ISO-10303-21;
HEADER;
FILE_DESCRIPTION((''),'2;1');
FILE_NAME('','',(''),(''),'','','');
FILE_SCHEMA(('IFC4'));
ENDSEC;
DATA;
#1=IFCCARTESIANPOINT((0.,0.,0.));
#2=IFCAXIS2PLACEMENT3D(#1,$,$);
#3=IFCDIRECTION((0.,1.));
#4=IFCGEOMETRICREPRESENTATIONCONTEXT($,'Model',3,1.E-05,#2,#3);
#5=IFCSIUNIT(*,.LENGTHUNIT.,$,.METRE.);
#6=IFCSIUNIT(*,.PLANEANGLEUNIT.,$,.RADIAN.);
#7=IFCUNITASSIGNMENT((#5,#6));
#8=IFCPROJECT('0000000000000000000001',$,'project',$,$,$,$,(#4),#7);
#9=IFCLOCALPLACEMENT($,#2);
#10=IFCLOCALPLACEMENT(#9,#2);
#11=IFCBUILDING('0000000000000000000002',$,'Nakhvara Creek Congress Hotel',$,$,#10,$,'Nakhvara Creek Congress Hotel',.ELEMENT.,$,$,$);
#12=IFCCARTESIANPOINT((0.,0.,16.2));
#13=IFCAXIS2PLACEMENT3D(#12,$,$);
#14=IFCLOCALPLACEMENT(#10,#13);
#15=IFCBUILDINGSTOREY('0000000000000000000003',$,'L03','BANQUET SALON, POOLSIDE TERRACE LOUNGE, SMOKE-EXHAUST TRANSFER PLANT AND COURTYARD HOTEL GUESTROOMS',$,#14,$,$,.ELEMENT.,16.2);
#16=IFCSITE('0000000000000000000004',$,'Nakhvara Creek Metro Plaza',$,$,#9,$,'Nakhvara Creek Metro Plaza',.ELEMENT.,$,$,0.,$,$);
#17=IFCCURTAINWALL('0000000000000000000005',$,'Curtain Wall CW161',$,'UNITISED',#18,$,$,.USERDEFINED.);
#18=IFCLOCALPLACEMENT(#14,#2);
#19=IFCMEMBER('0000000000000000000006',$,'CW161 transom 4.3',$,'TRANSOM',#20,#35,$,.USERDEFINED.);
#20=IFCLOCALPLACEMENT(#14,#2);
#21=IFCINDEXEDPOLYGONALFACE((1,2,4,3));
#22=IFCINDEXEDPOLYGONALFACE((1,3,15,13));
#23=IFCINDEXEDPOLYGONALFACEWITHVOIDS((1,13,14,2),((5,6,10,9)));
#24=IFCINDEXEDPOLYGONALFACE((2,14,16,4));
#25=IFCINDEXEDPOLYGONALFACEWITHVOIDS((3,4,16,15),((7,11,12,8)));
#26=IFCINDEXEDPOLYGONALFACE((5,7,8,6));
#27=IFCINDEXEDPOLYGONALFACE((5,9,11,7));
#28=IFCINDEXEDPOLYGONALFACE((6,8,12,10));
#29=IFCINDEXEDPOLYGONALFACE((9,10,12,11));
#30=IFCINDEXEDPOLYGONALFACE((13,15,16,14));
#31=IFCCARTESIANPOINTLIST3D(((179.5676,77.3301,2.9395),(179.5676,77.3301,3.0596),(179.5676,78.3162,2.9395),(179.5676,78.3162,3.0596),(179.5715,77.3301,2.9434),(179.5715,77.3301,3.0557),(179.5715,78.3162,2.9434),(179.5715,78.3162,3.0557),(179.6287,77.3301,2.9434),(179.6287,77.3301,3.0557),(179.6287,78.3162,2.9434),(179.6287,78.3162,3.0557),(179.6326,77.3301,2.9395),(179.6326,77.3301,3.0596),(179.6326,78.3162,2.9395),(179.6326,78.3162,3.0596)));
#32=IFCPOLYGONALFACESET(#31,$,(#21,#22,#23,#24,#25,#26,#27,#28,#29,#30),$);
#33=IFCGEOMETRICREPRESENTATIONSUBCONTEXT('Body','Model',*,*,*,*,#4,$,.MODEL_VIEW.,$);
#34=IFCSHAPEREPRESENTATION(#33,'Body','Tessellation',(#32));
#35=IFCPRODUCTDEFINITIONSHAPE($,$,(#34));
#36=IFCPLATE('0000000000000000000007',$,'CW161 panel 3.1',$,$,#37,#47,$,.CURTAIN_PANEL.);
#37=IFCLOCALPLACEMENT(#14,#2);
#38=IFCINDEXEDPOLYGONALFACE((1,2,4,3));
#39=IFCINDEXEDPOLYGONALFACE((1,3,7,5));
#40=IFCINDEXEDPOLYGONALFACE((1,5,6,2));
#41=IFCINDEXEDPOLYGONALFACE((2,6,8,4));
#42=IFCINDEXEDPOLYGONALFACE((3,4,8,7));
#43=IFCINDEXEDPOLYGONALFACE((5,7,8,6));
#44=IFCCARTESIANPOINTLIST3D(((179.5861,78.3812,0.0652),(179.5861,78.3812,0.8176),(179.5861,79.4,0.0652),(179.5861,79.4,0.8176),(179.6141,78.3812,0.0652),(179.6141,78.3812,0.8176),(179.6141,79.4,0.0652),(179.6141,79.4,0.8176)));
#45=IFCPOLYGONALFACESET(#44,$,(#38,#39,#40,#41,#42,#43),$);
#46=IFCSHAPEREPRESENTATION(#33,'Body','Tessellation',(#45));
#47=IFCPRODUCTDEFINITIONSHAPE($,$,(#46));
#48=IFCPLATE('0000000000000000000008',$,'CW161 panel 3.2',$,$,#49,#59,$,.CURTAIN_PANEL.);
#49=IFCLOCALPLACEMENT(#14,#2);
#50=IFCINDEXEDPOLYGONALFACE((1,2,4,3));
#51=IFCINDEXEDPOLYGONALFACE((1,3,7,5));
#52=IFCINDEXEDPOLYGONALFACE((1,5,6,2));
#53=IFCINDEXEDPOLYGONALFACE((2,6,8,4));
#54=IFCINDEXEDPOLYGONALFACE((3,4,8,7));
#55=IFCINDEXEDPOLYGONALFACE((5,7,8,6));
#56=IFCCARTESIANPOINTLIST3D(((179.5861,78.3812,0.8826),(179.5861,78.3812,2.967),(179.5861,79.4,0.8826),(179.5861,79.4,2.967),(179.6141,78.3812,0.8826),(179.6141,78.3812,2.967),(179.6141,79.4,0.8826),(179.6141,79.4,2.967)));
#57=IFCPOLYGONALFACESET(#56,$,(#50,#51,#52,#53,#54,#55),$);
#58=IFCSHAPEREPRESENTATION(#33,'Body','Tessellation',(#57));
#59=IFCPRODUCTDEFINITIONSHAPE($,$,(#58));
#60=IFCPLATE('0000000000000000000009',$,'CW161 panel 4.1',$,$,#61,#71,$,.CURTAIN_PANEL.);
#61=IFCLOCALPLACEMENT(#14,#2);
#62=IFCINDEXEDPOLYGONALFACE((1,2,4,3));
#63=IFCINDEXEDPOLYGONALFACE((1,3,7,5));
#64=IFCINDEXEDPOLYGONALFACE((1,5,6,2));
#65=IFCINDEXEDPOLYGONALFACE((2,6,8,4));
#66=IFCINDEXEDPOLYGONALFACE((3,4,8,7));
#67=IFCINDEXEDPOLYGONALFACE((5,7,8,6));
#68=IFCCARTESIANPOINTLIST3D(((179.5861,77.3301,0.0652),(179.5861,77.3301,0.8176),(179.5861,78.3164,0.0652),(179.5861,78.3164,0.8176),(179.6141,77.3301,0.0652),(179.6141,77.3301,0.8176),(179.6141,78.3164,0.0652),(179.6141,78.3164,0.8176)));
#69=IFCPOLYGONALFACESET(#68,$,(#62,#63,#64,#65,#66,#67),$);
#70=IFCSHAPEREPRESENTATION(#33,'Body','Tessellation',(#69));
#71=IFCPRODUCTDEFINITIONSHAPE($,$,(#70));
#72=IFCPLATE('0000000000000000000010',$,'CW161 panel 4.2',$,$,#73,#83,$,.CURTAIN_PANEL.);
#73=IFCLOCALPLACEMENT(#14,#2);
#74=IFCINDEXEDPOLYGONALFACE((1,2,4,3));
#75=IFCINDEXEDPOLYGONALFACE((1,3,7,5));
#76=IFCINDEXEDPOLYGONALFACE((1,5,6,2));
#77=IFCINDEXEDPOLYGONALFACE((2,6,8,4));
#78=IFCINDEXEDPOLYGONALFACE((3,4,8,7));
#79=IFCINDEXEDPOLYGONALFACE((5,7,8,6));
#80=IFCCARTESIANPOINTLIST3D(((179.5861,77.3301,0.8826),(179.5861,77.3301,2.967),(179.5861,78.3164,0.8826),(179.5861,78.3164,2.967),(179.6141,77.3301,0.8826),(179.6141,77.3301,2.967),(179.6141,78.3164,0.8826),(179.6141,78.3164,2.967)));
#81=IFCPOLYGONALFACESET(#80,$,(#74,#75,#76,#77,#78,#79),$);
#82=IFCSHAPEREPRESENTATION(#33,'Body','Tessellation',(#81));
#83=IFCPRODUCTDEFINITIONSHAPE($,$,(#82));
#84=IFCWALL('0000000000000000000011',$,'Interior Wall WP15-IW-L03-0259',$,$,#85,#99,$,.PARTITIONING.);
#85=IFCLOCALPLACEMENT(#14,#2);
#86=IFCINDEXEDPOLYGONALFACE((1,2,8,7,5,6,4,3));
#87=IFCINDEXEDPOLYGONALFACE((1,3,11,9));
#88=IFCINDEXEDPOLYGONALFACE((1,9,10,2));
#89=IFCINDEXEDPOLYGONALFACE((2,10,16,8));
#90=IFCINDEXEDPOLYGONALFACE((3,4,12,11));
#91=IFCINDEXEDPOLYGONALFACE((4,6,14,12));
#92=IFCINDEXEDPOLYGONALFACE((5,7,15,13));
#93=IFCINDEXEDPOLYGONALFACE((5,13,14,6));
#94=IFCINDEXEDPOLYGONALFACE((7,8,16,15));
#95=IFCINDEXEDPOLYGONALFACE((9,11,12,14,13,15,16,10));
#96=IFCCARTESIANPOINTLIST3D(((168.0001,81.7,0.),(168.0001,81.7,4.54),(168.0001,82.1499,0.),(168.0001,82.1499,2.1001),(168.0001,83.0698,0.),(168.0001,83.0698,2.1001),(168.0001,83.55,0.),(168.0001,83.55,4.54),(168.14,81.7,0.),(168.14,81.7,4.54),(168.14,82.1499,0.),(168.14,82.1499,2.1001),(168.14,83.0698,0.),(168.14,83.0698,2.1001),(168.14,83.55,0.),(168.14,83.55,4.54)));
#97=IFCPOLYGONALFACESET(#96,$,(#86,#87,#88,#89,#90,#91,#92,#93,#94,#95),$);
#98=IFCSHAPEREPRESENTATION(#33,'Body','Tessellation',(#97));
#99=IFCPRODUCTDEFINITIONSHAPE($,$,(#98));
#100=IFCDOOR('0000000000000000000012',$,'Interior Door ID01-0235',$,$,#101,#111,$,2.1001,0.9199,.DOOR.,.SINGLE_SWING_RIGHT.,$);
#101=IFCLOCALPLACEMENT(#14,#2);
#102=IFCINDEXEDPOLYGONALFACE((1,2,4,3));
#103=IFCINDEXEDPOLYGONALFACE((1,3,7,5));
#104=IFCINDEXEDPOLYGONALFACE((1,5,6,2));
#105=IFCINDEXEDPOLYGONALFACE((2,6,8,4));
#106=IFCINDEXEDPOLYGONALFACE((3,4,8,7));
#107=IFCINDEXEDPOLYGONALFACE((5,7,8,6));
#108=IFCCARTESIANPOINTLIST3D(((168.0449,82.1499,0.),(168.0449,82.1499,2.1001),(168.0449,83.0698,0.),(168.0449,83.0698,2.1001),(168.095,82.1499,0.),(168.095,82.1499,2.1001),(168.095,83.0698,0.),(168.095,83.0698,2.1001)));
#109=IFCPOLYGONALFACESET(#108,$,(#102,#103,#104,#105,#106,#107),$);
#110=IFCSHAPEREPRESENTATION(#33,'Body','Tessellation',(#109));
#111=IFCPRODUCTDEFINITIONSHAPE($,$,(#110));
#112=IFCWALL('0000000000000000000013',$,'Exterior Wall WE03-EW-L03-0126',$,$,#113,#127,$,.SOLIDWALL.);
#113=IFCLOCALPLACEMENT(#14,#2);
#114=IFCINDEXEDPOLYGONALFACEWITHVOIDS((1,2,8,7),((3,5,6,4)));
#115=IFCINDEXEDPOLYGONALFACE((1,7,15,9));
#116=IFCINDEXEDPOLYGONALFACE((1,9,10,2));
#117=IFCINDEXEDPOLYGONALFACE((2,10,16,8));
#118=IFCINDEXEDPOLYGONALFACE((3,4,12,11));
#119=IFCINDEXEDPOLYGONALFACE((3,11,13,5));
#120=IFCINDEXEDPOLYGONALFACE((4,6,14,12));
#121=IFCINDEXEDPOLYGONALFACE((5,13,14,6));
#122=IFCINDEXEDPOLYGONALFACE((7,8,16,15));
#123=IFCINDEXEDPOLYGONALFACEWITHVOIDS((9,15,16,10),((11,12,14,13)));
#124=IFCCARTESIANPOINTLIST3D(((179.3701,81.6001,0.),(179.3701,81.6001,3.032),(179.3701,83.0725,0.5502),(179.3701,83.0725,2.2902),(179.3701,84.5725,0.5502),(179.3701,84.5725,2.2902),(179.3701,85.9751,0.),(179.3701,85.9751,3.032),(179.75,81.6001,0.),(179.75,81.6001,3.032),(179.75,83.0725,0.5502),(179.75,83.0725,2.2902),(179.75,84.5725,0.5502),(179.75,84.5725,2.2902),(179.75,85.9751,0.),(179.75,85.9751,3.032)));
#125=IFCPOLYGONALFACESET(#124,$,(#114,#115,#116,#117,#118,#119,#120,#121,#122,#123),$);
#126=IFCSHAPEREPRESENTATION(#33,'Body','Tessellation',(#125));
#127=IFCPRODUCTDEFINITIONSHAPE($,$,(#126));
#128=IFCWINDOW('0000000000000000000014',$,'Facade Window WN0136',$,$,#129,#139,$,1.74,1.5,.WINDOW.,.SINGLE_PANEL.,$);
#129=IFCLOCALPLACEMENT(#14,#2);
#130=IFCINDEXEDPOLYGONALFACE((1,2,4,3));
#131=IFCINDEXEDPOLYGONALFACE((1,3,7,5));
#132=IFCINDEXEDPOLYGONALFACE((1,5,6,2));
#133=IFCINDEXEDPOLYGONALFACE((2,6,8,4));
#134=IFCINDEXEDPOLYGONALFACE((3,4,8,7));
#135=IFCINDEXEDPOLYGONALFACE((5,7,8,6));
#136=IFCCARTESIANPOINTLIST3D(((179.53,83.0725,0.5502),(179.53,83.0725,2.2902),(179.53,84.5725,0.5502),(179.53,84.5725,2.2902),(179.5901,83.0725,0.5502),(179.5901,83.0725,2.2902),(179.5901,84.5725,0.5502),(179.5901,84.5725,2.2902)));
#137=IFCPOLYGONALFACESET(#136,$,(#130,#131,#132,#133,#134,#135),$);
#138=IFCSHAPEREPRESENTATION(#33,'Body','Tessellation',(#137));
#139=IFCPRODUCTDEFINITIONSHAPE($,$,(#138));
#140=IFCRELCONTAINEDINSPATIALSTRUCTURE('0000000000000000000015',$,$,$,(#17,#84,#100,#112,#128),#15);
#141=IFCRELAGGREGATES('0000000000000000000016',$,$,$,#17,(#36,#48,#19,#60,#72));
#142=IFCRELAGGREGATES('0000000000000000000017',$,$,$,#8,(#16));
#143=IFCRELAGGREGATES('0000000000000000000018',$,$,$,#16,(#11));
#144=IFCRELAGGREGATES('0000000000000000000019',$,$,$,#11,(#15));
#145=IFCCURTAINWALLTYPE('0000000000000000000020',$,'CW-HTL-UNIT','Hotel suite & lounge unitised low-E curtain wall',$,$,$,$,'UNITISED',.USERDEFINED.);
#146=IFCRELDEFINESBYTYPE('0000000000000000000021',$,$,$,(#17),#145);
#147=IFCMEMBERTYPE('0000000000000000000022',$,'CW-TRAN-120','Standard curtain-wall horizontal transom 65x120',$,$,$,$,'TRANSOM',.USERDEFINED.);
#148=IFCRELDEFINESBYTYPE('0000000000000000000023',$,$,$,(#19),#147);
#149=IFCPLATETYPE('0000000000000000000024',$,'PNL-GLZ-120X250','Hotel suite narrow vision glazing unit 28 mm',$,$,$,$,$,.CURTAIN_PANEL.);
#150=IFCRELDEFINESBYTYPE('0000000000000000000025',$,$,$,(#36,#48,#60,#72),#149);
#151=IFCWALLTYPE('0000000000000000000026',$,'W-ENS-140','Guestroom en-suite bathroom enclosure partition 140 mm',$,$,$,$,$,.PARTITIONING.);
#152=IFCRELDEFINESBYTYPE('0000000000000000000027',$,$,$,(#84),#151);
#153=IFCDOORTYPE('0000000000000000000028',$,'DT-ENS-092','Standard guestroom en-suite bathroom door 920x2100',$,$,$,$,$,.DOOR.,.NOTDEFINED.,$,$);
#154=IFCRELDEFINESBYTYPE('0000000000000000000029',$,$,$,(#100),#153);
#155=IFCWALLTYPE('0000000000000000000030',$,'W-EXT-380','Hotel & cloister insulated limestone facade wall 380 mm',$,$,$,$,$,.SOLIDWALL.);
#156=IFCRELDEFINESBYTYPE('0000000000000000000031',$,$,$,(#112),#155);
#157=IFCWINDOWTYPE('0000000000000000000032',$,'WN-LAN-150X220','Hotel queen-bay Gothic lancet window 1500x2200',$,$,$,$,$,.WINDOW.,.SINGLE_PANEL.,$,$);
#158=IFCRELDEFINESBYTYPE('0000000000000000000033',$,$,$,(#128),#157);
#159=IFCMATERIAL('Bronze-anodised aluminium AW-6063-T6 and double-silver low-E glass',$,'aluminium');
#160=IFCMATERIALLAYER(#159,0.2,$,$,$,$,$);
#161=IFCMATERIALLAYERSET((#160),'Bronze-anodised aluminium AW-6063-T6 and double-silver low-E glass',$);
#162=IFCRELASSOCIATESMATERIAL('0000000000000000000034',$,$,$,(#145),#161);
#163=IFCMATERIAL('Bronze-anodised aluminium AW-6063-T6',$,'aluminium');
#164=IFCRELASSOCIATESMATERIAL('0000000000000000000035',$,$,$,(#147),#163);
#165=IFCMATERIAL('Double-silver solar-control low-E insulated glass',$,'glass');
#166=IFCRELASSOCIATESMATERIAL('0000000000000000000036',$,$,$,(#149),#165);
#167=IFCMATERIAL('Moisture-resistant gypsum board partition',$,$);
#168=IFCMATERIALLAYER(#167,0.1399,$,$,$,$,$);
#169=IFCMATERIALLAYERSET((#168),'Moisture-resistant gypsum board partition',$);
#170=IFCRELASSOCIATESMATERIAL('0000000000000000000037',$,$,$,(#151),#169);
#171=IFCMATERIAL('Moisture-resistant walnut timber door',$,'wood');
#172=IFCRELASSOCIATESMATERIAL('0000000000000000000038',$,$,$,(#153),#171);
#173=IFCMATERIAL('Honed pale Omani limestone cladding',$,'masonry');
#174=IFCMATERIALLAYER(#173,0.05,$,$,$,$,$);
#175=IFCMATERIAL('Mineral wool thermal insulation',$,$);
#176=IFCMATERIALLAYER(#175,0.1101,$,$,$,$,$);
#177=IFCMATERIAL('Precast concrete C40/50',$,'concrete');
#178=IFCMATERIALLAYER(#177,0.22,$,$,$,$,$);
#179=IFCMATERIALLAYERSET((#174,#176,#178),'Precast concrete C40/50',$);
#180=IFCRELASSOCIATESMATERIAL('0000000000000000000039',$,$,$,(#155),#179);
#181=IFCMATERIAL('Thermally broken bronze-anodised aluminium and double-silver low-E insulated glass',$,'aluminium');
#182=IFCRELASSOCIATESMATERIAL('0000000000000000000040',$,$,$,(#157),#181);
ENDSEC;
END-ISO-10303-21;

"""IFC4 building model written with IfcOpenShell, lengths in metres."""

from ifc_helpers import new_model, si_unit, direction, frame, frame_2d, origin, origin_2d, place, context, subcontext, project, spatial, rectangle, hollow_rectangle, extrude, material, layer, layer_set, material_profile, profile_set, type_object, element, fill, aggregate, save


model = new_model("IFC4")

# Units and contexts
model_context = context("Model", 3, precision=1e-05, world=origin(), true_north=direction((0.0, 1.0)))
body_context = subcontext(model_context, "Body", "Model", "MODEL_VIEW")
ifc_project = project(units=[si_unit("LENGTHUNIT", "METRE"), si_unit("PLANEANGLEUNIT", "RADIAN")], contexts=[model_context])

# Site, building, storey
site_placement = place(None, origin())
site = spatial("IfcSite", under=ifc_project, at=site_placement, Name="Nakhvara Creek Metro Plaza", LongName="Nakhvara Creek Metro Plaza", CompositionType="ELEMENT", RefElevation=0.0)
building_placement = place(site_placement, origin())
building = spatial("IfcBuilding", under=site, at=building_placement, Name="Nakhvara Creek Congress Hotel", LongName="Nakhvara Creek Congress Hotel", CompositionType="ELEMENT")
storey_placement = place(building_placement, frame((0.0, 0.0, 16.2)))
storey = spatial("IfcBuildingStorey", under=building, at=storey_placement, Name="L03", Description="BANQUET SALON, POOLSIDE TERRACE LOUNGE, SMOKE-EXHAUST TRANSFER PLANT AND COURTYARD HOTEL GUESTROOMS", CompositionType="ELEMENT", Elevation=16.2)

# Curtain wall, member, plates
ifc_material_1 = material(Name="Bronze-anodised aluminium AW-6063-T6 and double-silver low-E glass", Category="aluminium")
ifc_layer_1 = layer(ifc_material_1, 0.2)
ifc_layer_set_1 = layer_set([ifc_layer_1], Name="Bronze-anodised aluminium AW-6063-T6 and double-silver low-E glass")
curtain_wall_type = type_object("IfcCurtainWallType", Name="CW-HTL-UNIT", Description="Hotel suite & lounge unitised low-E curtain wall", ElementType="UNITISED", PredefinedType="USERDEFINED", material=ifc_layer_set_1)
curtain_wall_placement = place(storey_placement, origin())
curtain_wall = element("IfcCurtainWall", 1, at=curtain_wall_placement, inside=storey, type_object=curtain_wall_type, Name="Curtain Wall CW161", ObjectType="UNITISED", PredefinedType="USERDEFINED")
ifc_material_2 = material(Name="Bronze-anodised aluminium AW-6063-T6", Category="aluminium")
ifc_material_profile_1 = material_profile(ifc_material_2, hollow_rectangle(XDim=0.0649, YDim=0.1201, WallThickness=0.0039, at=origin_2d()), Name="ALU-TRAN 65x120x4", Category="LoadBearing")
ifc_profile_set_1 = profile_set([ifc_material_profile_1], Name="Bronze-anodised aluminium AW-6063-T6")
member_type_1 = type_object("IfcMemberType", Name="CW-TRAN-120", Description="Standard curtain-wall horizontal transom 65x120", ElementType="TRANSOM", PredefinedType="USERDEFINED", material=ifc_profile_set_1)
member_1_placement = place(storey_placement, frame((179.6001, 78.3162, 2.9995), z_axis=(0.0, -1.0, 0.0), x_axis=(1.0, 0.0, 0.0)))
member_1 = element("IfcMember", 2, at=member_1_placement, type_object=member_type_1, Name="CW161 transom 4.3", ObjectType="TRANSOM", PredefinedType="USERDEFINED", context=body_context, shape_type="SweptSolid", body=[
    extrude(hollow_rectangle(XDim=0.0649, YDim=0.1201, WallThickness=0.0039, at=origin_2d()), origin(), (0.0, 0.0, 1.0), 0.9861),
])
ifc_material_3 = material(Name="Double-silver solar-control low-E insulated glass", Category="glass")
plate_type = type_object("IfcPlateType", Name="PNL-GLZ-120X250", Description="Hotel suite narrow vision glazing unit 28 mm", PredefinedType="CURTAIN_PANEL", material=ifc_material_3)
plate_1_placement = place(storey_placement, frame((179.6001, 78.8906, 0.0652), z_axis=(0.0, 0.0, 1.0), x_axis=(0.0, -1.0, 0.0)))
plate_1 = element("IfcPlate", 3, at=plate_1_placement, type_object=plate_type, Name="CW161 panel 3.1", PredefinedType="CURTAIN_PANEL", context=body_context, shape_type="SweptSolid", body=[
    extrude(rectangle(XDim=1.0188, YDim=0.0281, at=origin_2d()), origin(), (0.0, 0.0, 1.0), 0.7524),
])
plate_2_placement = place(storey_placement, frame((179.6001, 78.8906, 0.8826), z_axis=(0.0, 0.0, 1.0), x_axis=(0.0, -1.0, 0.0)))
plate_2 = element("IfcPlate", 4, at=plate_2_placement, type_object=plate_type, Name="CW161 panel 3.2", PredefinedType="CURTAIN_PANEL", context=body_context, shape_type="SweptSolid", body=[
    extrude(rectangle(XDim=1.0188, YDim=0.0281, at=origin_2d()), origin(), (0.0, 0.0, 1.0), 2.0845),
])
plate_3_placement = place(storey_placement, frame((179.6001, 77.8232, 0.0652), z_axis=(0.0, 0.0, 1.0), x_axis=(0.0, -1.0, 0.0)))
plate_3 = element("IfcPlate", 5, at=plate_3_placement, type_object=plate_type, Name="CW161 panel 4.1", PredefinedType="CURTAIN_PANEL", context=body_context, shape_type="SweptSolid", body=[
    extrude(rectangle(XDim=0.9863, YDim=0.0281, at=origin_2d()), origin(), (0.0, 0.0, 1.0), 0.7524),
])
plate_4_placement = place(storey_placement, frame((179.6001, 77.8232, 0.8826), z_axis=(0.0, 0.0, 1.0), x_axis=(0.0, -1.0, 0.0)))
plate_4 = element("IfcPlate", 6, at=plate_4_placement, type_object=plate_type, Name="CW161 panel 4.2", PredefinedType="CURTAIN_PANEL", context=body_context, shape_type="SweptSolid", body=[
    extrude(rectangle(XDim=0.9863, YDim=0.0281, at=origin_2d()), origin(), (0.0, 0.0, 1.0), 2.0845),
])
aggregate(curtain_wall, [plate_1, plate_2, member_1, plate_3, plate_4])

# Wall, opening, door
ifc_material_4 = material(Name="Moisture-resistant gypsum board partition")
ifc_layer_2 = layer(ifc_material_4, 0.1399)
ifc_layer_set_2 = layer_set([ifc_layer_2], Name="Moisture-resistant gypsum board partition")
wall_type_1 = type_object("IfcWallType", Name="W-ENS-140", Description="Guestroom en-suite bathroom enclosure partition 140 mm", PredefinedType="PARTITIONING", material=ifc_layer_set_2)
ifc_material_5 = material(Name="Moisture-resistant walnut timber door", Category="wood")
wall_1_placement = place(storey_placement, frame((168.0701, 81.7, 0.0), z_axis=(0.0, 0.0, 1.0), x_axis=(0.0, 1.0, 0.0)))
wall_1 = element("IfcWall", 7, at=wall_1_placement, inside=storey, type_object=wall_type_1, Name="Interior Wall WP15-IW-L03-0259", PredefinedType="PARTITIONING", context=body_context, shape_type="SweptSolid", body=[
    extrude(rectangle(XDim=1.8501, YDim=0.1399, at=frame_2d((0.925, 0.0))), origin(), (0.0, 0.0, 1.0), 4.54),
])
opening_1_placement = place(wall_1_placement, frame((0.45, 0.0, 0.0)))
opening_1 = element("IfcOpeningElement", 8, at=opening_1_placement, cuts=wall_1, PredefinedType="OPENING", context=body_context, shape_type="SweptSolid", body=[
    extrude(rectangle(XDim=0.9199, YDim=2.1001, at=frame_2d((0.46, 1.05))), frame((0.0, 0.082, 0.0), z_axis=(0.0, -1.0, 0.0), x_axis=(1.0, 0.0, 0.0)), (0.0, 0.0, 1.0), 0.1638),
])
door_type_1 = type_object("IfcDoorType", Name="DT-ENS-092", Description="Standard guestroom en-suite bathroom door 920x2100", OperationType="NOTDEFINED", PredefinedType="DOOR", material=ifc_material_5)
door_1_placement = place(opening_1_placement, frame((0.9199, 0.0, 0.0), z_axis=(0.0, 0.0, 1.0), x_axis=(-1.0, 0.0, 0.0)))
door_1 = element("IfcDoor", 9, at=door_1_placement, inside=storey, type_object=door_type_1, Name="Interior Door ID01-0235", OperationType="SINGLE_SWING_RIGHT", OverallHeight=2.1001, OverallWidth=0.9199, PredefinedType="DOOR", context=body_context, shape_type="SweptSolid", body=[
    extrude(rectangle(XDim=0.9199, YDim=2.1001, at=frame_2d((0.46, 1.05))), frame((0.0, 0.0249, 0.0), z_axis=(0.0, -1.0, 0.0), x_axis=(1.0, 0.0, 0.0)), (0.0, 0.0, 1.0), 0.05),
])
fill(opening_1, door_1)

# Wall, opening, window
ifc_material_6 = material(Name="Honed pale Omani limestone cladding", Category="masonry")
ifc_layer_3 = layer(ifc_material_6, 0.05)
ifc_material_7 = material(Name="Mineral wool thermal insulation")
ifc_layer_4 = layer(ifc_material_7, 0.1101)
ifc_material_8 = material(Name="Precast concrete C40/50", Category="concrete")
ifc_layer_5 = layer(ifc_material_8, 0.22)
ifc_layer_set_3 = layer_set([ifc_layer_3, ifc_layer_4, ifc_layer_5], Name="Precast concrete C40/50")
wall_type_2 = type_object("IfcWallType", Name="W-EXT-380", Description="Hotel & cloister insulated limestone facade wall 380 mm", PredefinedType="SOLIDWALL", material=ifc_layer_set_3)
wall_2_placement = place(storey_placement, frame((179.5601, 85.9751, 0.0), z_axis=(0.0, 0.0, 1.0), x_axis=(0.0, -1.0, 0.0)))
wall_2 = element("IfcWall", 10, at=wall_2_placement, inside=storey, type_object=wall_type_2, Name="Exterior Wall WE03-EW-L03-0126", PredefinedType="SOLIDWALL", context=body_context, shape_type="SweptSolid", body=[
    extrude(rectangle(XDim=4.375, YDim=0.3799, at=frame_2d((2.1875, 0.0))), origin(), (0.0, 0.0, 1.0), 3.032),
])
opening_2_placement = place(wall_2_placement, frame((1.4026, 0.0, 0.55)))
opening_2 = element("IfcOpeningElement", 11, at=opening_2_placement, cuts=wall_2, PredefinedType="OPENING", context=body_context, shape_type="SweptSolid", body=[
    extrude(rectangle(XDim=1.5, YDim=1.74, at=frame_2d((0.75, 0.8701))), frame((0.0, 0.2019, 0.0), z_axis=(0.0, -1.0, 0.0), x_axis=(1.0, 0.0, 0.0)), (0.0, 0.0, 1.0), 0.4038),
])
ifc_material_9 = material(Name="Thermally broken bronze-anodised aluminium and double-silver low-E insulated glass", Category="aluminium")
window_type = type_object("IfcWindowType", Name="WN-LAN-150X220", Description="Hotel queen-bay Gothic lancet window 1500x2200", PartitioningType="SINGLE_PANEL", PredefinedType="WINDOW", material=ifc_material_9)
window_placement = place(opening_2_placement, origin())
window = element("IfcWindow", 12, at=window_placement, inside=storey, type_object=window_type, Name="Facade Window WN0136", OverallHeight=1.74, OverallWidth=1.5, PartitioningType="SINGLE_PANEL", PredefinedType="WINDOW", context=body_context, shape_type="SweptSolid", body=[
    extrude(rectangle(XDim=1.5, YDim=1.74, at=frame_2d((0.75, 0.8701))), frame((0.0, 0.03, 0.0), z_axis=(0.0, -1.0, 0.0), x_axis=(1.0, 0.0, 0.0)), (0.0, 0.0, 1.0), 0.0601),
])
fill(opening_2, window)

save(model, "model.ifc")
